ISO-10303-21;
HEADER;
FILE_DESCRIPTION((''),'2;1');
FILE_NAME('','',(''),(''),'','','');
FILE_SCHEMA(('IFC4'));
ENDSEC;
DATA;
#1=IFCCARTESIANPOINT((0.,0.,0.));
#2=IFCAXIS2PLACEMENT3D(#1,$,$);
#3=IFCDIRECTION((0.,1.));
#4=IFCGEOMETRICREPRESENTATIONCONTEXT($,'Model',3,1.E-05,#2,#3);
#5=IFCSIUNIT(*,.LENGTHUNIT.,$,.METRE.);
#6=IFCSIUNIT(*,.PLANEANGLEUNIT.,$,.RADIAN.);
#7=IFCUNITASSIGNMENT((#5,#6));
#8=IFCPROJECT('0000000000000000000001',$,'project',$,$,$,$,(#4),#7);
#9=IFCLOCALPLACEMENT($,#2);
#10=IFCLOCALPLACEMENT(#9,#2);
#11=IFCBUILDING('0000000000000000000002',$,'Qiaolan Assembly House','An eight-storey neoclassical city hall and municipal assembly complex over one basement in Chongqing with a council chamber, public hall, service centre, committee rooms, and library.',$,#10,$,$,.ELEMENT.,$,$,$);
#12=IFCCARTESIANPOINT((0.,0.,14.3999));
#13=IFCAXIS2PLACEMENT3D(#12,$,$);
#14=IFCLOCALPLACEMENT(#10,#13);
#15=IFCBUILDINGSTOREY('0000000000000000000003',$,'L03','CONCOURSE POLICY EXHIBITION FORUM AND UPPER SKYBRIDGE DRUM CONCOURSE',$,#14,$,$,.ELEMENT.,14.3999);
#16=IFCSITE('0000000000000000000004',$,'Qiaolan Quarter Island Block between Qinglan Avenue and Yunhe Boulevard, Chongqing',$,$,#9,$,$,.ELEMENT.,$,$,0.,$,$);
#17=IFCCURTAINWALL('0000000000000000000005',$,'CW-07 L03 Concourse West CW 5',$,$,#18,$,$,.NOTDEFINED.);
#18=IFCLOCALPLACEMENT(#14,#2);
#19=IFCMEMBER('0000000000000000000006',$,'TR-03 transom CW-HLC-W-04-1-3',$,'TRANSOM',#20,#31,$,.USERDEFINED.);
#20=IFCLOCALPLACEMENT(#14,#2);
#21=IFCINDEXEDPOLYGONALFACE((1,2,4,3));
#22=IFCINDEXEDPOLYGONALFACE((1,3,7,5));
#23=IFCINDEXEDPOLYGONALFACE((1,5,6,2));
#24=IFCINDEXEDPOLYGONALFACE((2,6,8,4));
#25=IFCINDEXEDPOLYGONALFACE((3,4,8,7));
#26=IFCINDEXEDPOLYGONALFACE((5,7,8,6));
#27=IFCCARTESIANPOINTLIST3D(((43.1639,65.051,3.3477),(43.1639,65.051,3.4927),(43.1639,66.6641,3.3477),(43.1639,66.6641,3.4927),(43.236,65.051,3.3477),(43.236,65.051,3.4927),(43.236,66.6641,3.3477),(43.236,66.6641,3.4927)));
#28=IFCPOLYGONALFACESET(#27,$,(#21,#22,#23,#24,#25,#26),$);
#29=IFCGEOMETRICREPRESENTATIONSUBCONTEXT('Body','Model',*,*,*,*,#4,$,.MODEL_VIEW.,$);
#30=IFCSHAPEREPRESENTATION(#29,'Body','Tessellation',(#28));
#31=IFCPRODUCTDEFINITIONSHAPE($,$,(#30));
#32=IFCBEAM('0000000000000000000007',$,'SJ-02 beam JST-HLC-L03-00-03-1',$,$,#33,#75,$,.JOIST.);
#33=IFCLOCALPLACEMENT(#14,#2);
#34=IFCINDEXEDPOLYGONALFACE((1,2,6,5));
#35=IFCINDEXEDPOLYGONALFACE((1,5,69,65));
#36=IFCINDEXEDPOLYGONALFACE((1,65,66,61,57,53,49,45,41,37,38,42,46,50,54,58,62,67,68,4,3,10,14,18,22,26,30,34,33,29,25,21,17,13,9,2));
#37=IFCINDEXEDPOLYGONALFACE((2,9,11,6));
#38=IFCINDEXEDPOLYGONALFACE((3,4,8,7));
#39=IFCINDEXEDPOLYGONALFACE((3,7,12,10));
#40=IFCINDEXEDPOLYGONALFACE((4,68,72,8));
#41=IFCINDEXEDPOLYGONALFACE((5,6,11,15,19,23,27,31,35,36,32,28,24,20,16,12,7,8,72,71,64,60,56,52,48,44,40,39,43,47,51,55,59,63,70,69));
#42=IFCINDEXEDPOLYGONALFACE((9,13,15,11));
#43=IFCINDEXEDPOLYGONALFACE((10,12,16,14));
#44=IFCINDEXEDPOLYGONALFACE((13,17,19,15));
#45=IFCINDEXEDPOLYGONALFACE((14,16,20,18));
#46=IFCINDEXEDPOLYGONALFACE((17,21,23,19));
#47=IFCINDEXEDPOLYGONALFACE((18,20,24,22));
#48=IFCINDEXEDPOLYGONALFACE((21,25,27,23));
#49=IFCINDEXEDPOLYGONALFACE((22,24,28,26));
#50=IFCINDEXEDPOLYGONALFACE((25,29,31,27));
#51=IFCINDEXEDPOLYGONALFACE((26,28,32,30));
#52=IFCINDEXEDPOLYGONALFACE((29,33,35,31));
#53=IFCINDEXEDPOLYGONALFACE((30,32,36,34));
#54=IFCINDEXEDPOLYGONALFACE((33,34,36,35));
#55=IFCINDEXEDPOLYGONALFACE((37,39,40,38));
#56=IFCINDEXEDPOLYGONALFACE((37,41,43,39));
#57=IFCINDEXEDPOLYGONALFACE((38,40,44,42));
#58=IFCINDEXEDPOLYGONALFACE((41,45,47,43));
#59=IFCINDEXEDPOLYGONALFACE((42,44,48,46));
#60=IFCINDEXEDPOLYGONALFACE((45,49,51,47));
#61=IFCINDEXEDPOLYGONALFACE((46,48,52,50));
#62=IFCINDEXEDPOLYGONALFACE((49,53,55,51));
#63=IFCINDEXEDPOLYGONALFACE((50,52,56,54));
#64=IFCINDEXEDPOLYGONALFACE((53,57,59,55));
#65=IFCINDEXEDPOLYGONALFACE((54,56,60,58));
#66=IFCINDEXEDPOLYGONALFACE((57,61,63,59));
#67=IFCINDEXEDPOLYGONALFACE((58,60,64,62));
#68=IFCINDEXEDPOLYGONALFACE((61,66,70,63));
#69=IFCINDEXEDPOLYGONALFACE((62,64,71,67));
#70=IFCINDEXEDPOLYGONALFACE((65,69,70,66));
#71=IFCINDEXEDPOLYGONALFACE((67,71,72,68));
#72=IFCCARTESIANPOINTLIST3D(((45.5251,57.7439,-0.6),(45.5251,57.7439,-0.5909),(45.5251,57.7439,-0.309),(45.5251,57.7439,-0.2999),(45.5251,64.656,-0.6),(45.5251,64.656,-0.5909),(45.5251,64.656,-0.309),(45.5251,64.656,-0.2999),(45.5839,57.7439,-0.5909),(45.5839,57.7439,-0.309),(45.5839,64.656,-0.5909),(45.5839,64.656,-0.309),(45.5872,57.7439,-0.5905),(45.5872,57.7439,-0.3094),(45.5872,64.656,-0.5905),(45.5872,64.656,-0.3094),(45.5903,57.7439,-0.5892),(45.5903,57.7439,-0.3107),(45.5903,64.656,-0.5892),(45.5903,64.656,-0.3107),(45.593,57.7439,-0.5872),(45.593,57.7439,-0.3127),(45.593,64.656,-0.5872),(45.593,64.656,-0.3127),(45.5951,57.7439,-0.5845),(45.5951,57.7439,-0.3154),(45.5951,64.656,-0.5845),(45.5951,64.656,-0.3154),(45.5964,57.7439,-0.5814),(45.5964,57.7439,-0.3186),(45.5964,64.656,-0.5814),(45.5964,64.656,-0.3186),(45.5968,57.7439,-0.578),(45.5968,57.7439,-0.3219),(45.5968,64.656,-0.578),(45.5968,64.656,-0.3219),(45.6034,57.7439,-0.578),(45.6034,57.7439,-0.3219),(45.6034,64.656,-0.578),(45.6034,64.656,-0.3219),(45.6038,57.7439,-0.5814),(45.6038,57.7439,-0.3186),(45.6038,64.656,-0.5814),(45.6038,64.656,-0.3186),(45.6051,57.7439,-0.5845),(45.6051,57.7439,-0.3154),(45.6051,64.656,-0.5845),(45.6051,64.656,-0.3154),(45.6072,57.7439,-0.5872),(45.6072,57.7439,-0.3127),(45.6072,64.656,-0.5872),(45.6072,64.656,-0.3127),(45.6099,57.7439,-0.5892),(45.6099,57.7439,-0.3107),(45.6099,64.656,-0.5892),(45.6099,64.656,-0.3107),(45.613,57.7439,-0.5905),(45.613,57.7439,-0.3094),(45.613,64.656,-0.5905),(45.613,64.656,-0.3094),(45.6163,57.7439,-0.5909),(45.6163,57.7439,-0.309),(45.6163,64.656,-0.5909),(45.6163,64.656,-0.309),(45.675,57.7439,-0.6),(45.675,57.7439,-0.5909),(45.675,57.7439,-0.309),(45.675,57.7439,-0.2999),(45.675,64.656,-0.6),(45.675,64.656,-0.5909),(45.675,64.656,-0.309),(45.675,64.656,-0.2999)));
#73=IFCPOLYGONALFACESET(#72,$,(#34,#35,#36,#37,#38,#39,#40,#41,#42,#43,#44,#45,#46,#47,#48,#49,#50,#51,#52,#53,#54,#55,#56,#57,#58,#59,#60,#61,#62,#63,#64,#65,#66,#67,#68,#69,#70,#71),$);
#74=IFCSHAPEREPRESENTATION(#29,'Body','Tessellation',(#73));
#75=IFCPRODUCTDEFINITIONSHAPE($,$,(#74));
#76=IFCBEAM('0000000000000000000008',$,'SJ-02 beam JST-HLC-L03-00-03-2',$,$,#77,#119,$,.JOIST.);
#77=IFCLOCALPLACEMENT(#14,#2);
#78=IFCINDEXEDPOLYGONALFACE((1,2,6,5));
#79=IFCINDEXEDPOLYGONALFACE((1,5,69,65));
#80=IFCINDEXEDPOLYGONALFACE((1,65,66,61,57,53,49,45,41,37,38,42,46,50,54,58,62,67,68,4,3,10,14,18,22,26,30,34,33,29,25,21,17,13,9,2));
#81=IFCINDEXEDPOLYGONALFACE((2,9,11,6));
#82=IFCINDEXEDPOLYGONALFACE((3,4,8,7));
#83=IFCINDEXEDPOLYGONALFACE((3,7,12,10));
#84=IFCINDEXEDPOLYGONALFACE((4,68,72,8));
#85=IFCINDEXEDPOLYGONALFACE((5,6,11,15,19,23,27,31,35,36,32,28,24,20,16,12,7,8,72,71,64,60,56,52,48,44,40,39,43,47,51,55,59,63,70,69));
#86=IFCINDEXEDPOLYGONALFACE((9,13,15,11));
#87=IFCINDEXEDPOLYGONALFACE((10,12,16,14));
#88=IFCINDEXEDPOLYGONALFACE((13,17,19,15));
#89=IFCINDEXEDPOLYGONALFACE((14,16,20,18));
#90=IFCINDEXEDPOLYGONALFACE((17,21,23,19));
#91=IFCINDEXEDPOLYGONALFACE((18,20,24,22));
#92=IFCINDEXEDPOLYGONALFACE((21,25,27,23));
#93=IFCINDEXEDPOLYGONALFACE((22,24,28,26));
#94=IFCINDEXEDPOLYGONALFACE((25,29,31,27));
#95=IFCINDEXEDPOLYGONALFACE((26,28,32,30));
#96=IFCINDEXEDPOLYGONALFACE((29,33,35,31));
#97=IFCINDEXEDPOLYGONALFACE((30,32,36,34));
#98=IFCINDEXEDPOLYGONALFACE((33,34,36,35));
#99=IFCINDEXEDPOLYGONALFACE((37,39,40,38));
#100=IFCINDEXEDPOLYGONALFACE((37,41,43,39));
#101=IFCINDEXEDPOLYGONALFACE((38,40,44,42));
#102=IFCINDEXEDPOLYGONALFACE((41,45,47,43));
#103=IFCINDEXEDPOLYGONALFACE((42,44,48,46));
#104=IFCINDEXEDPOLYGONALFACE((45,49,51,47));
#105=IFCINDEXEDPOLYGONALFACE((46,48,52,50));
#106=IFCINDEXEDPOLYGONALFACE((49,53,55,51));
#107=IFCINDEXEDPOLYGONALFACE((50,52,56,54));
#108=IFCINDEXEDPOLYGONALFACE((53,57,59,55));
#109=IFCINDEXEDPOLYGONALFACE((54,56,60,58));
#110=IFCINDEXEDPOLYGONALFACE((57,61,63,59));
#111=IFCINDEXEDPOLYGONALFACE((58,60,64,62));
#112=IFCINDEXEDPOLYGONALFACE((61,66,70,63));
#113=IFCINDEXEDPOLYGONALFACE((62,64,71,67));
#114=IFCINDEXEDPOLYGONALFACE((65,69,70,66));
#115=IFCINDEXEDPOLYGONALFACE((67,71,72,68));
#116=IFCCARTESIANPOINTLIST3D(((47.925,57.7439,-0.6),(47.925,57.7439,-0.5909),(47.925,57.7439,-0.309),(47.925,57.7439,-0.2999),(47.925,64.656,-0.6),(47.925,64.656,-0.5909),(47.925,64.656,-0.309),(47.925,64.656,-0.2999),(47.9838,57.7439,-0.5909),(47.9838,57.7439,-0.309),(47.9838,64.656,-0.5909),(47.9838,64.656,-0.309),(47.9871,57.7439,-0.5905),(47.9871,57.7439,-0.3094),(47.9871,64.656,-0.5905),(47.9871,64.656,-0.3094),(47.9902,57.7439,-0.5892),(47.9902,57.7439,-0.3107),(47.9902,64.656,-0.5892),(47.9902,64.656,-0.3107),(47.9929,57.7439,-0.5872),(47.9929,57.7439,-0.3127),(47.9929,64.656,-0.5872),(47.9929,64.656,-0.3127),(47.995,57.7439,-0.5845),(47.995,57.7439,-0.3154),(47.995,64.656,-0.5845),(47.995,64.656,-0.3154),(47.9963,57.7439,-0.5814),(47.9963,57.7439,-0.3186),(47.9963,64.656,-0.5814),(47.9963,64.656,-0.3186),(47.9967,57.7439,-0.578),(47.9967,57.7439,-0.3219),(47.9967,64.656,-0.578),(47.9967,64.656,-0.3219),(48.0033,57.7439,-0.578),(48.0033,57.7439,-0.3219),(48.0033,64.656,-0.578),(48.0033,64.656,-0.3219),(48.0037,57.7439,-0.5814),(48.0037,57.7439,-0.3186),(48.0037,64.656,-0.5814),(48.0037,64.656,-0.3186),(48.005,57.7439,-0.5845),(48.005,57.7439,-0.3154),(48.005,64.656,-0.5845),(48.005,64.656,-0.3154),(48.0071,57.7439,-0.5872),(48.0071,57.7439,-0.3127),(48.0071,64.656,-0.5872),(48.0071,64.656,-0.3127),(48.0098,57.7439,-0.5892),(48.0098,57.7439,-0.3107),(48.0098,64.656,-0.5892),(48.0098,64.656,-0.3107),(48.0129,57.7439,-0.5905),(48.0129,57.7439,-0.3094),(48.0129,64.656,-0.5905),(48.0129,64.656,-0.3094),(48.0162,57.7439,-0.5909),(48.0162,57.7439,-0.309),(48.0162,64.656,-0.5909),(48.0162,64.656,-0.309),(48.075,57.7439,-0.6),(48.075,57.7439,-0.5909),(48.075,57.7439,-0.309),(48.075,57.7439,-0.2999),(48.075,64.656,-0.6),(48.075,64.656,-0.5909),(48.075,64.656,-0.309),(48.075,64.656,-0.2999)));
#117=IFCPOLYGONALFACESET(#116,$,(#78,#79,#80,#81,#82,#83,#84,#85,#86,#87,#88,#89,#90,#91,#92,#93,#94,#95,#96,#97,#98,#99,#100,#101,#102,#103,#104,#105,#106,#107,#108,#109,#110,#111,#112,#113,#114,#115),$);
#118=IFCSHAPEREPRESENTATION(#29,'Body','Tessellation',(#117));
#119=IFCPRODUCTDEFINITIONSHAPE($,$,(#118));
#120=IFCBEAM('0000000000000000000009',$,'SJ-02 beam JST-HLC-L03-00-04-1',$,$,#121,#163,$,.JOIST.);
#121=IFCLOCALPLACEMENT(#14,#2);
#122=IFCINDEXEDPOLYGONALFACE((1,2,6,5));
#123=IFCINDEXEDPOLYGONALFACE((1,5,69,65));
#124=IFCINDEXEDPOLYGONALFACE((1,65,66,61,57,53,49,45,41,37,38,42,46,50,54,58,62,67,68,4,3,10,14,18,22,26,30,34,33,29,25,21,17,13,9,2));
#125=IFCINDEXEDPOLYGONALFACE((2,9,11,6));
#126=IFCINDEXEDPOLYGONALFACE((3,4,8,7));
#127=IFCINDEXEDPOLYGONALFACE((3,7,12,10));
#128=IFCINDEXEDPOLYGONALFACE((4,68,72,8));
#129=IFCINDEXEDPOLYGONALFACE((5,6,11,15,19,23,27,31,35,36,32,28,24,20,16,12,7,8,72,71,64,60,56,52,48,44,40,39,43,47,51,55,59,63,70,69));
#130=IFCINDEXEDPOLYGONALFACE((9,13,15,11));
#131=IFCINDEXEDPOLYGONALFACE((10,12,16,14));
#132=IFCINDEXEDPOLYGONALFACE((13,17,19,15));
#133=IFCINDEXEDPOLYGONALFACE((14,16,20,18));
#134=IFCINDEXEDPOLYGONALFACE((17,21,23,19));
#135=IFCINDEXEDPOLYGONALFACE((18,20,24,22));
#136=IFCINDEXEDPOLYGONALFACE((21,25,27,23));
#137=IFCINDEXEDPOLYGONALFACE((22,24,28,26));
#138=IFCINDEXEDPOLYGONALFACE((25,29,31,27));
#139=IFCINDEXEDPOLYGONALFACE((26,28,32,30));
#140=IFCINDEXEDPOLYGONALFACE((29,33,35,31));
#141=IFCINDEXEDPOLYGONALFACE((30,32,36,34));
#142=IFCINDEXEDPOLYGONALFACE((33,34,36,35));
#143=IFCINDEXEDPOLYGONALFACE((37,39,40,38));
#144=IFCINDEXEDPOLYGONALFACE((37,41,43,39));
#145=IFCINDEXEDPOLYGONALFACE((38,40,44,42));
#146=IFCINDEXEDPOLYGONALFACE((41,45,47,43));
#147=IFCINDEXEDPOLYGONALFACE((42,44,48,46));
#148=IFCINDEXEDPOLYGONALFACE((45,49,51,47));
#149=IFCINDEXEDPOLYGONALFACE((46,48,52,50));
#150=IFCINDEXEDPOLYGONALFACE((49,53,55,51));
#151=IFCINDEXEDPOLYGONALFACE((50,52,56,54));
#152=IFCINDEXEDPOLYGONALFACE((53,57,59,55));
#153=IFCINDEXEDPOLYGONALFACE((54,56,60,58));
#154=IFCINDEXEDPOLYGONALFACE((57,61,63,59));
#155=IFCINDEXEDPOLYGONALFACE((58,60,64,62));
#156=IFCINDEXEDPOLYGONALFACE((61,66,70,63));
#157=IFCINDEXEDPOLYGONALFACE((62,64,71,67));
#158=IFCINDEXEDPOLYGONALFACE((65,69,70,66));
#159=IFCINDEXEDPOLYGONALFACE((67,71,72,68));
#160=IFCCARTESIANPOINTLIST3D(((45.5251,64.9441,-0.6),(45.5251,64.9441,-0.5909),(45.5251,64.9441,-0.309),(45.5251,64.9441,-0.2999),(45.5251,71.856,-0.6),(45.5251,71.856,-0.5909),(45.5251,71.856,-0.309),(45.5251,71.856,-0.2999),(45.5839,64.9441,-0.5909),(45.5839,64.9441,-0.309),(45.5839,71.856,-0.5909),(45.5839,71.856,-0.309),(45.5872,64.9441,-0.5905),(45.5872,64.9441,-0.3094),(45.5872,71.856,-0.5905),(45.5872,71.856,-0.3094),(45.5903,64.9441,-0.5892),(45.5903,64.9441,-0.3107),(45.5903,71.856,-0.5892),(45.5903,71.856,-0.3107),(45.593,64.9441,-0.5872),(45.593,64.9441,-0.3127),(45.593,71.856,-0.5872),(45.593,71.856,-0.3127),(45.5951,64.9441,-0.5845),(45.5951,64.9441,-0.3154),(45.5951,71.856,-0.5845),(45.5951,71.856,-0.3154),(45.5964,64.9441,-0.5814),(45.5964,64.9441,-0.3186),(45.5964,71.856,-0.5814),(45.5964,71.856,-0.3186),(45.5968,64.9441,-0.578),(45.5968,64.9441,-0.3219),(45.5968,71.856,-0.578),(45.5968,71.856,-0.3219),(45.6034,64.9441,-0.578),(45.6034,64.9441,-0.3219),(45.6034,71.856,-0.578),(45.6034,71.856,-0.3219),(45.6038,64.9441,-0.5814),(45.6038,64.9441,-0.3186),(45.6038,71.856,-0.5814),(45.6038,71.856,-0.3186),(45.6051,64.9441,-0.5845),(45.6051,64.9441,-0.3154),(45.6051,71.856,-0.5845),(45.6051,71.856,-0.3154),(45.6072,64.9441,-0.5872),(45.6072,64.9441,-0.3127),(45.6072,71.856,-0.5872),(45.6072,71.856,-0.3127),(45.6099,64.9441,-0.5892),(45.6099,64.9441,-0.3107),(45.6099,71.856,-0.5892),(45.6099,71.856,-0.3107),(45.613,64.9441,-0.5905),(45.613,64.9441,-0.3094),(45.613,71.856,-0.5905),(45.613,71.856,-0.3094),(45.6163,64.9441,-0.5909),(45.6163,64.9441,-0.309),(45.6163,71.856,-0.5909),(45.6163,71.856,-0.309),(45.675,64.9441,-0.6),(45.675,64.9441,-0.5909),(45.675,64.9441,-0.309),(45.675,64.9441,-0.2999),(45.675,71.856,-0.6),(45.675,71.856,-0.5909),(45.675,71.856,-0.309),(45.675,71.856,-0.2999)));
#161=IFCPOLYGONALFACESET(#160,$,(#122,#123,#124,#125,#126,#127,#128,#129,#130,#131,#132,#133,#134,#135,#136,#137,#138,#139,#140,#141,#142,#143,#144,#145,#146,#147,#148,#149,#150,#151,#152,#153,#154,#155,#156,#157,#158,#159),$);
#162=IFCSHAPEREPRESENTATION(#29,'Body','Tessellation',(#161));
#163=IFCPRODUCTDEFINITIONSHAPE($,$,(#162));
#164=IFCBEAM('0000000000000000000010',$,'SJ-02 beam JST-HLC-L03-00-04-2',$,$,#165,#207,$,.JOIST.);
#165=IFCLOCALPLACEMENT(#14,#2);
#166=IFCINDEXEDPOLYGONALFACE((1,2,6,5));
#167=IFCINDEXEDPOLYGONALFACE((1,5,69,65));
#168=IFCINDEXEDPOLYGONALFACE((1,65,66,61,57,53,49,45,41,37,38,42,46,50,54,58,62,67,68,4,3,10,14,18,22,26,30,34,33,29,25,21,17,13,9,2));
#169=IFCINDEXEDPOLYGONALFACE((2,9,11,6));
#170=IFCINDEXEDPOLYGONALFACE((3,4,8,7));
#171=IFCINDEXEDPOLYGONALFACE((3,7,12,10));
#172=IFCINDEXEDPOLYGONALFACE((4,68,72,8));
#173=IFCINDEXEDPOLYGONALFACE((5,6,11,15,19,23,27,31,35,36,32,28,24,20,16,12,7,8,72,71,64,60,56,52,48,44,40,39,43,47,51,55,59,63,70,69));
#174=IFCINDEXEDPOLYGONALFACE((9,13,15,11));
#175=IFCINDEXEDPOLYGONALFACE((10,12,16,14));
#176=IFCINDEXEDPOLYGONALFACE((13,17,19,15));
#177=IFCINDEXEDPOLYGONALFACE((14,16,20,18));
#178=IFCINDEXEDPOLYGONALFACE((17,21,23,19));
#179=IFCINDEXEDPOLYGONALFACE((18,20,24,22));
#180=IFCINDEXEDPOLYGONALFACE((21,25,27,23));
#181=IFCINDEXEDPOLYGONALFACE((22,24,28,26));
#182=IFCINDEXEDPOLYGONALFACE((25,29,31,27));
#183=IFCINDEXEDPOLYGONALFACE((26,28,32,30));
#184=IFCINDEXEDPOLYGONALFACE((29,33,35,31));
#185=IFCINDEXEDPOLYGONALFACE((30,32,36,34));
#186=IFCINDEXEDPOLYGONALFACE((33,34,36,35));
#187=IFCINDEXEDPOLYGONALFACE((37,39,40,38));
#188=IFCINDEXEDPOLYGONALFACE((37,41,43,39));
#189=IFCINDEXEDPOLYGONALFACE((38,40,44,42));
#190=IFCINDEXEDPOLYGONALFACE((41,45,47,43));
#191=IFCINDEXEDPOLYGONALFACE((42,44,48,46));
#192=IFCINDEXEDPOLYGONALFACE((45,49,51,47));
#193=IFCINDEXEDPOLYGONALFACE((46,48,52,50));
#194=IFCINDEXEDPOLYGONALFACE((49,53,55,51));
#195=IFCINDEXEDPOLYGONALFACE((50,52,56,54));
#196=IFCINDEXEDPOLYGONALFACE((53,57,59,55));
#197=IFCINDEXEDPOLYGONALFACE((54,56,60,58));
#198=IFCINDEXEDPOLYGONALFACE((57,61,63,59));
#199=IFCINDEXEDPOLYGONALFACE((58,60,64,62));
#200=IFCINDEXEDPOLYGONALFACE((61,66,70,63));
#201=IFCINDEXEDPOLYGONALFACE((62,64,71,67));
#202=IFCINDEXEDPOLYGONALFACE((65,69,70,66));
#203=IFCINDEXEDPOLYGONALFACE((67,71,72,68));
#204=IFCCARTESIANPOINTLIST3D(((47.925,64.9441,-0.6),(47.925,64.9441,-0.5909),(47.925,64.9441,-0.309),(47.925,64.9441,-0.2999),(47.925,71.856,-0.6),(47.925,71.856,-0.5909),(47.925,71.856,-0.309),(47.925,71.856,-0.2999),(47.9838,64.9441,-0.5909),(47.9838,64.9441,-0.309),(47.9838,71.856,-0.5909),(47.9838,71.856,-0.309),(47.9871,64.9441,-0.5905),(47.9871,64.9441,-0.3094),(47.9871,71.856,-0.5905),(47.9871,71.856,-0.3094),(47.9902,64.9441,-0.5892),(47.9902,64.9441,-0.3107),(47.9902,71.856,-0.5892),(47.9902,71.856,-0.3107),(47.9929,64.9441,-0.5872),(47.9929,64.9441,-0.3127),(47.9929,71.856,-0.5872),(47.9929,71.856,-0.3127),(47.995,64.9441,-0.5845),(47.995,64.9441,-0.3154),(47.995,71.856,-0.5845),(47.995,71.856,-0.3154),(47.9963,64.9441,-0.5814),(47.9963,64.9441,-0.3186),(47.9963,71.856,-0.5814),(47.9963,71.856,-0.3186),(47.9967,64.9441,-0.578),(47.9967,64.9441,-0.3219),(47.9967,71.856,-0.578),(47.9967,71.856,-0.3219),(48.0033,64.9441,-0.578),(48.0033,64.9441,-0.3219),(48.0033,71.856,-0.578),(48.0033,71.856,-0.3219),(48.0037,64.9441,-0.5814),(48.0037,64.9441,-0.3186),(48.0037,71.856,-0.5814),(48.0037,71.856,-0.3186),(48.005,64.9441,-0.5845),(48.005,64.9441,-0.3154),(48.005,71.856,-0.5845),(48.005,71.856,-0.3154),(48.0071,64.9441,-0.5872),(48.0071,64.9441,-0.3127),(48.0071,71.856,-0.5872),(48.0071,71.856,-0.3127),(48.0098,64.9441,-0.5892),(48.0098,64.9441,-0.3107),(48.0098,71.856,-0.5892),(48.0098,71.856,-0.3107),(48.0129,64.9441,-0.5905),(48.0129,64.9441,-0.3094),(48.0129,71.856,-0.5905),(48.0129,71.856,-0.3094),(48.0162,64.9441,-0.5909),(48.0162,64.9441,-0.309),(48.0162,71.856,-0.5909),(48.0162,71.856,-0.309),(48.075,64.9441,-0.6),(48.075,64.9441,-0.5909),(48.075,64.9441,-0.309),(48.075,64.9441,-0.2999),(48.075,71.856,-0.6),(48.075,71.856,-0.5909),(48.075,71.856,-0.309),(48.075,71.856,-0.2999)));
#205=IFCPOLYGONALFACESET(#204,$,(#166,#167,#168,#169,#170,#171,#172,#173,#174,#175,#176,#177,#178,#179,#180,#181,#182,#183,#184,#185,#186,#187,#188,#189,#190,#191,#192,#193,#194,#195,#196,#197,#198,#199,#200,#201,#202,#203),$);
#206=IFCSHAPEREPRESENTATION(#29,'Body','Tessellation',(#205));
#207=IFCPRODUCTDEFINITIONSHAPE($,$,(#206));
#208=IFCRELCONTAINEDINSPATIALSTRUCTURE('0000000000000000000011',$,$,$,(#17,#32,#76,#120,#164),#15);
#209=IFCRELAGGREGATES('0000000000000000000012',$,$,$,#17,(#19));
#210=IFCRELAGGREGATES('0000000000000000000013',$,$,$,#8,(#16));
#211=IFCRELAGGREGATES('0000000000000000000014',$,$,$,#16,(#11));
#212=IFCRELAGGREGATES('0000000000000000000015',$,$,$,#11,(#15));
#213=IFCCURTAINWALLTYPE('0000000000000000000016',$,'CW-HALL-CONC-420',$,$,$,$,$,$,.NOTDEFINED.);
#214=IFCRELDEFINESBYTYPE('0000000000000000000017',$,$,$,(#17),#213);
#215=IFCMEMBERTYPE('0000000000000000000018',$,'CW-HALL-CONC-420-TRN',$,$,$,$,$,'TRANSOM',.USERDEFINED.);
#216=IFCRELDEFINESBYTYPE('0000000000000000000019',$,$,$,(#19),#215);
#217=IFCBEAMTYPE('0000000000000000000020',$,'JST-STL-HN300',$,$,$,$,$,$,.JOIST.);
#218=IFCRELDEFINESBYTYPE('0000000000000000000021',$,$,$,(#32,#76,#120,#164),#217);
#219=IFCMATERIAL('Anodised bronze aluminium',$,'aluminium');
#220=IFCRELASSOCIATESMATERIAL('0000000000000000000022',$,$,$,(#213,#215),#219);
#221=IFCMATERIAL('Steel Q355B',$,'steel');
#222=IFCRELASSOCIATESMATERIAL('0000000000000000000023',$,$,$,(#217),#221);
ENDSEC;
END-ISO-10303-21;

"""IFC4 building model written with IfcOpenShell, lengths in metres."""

from ifc_helpers import new_model, si_unit, direction, frame, origin, origin_2d, place, context, subcontext, project, spatial, rectangle, i_section, extrude, material, material_profile, profile_set, type_object, element, aggregate, save


model = new_model("IFC4")

# Units and contexts
model_context = context("Model", 3, precision=1e-05, world=origin(), true_north=direction((0.0, 1.0)))
body_context = subcontext(model_context, "Body", "Model", "MODEL_VIEW")
ifc_project = project(units=[si_unit("LENGTHUNIT", "METRE"), si_unit("PLANEANGLEUNIT", "RADIAN")], contexts=[model_context])

# Site, building, storey
site_placement = place(None, origin())
site = spatial("IfcSite", under=ifc_project, at=site_placement, Name="Qiaolan Quarter Island Block between Qinglan Avenue and Yunhe Boulevard, Chongqing", CompositionType="ELEMENT", RefElevation=0.0)
building_placement = place(site_placement, origin())
building = spatial("IfcBuilding", under=site, at=building_placement, Name="Qiaolan Assembly House", Description="An eight-storey neoclassical city hall and municipal assembly complex over one basement in Chongqing with a council chamber, public hall, service centre, committee rooms, and library.", CompositionType="ELEMENT")
storey_placement = place(building_placement, frame((0.0, 0.0, 14.3999)))
storey = spatial("IfcBuildingStorey", under=building, at=storey_placement, Name="L03", Description="CONCOURSE POLICY EXHIBITION FORUM AND UPPER SKYBRIDGE DRUM CONCOURSE", CompositionType="ELEMENT", Elevation=14.3999)

# Shared definitions
ifc_material_1 = material(Name="Steel Q355B", Category="steel")

# Shared definitions
ifc_material_2 = material(Name="Anodised bronze aluminium", Category="aluminium")
curtain_wall_type = type_object("IfcCurtainWallType", Name="CW-HALL-CONC-420", PredefinedType="NOTDEFINED", material=ifc_material_2)

# Curtain wall
curtain_wall_1_placement = place(storey_placement, origin())
curtain_wall_1 = element("IfcCurtainWall", 1, at=curtain_wall_1_placement, inside=storey, type_object=curtain_wall_type, Name="CW-07 L03 Concourse West CW 5", PredefinedType="NOTDEFINED")

# Member
ifc_material_profile_1 = material_profile(ifc_material_2, rectangle(XDim=0.072, YDim=0.145, at=origin_2d()), Name="TRN 72x145")
ifc_profile_set_1 = profile_set([ifc_material_profile_1], Name="Anodised bronze aluminium")
member_type_1 = type_object("IfcMemberType", Name="CW-HALL-CONC-420-TRN", ElementType="TRANSOM", PredefinedType="USERDEFINED", material=ifc_profile_set_1)
member_1_placement = place(storey_placement, frame((43.2, 65.051, 3.4202), z_axis=(0.0, 1.0, 0.0), x_axis=(-1.0, 0.0, 0.0)))
member_1 = element("IfcMember", 2, at=member_1_placement, type_object=member_type_1, Name="TR-03 transom CW-HLC-W-04-1-3", ObjectType="TRANSOM", PredefinedType="USERDEFINED", context=body_context, shape_type="SweptSolid", body=[
    extrude(rectangle(XDim=0.072, YDim=0.145, at=origin_2d()), origin(), (0.0, 0.0, 1.0), 1.613),
])

# Beams
ifc_material_profile_2 = material_profile(ifc_material_1, i_section(OverallWidth=0.1499, OverallDepth=0.3, WebThickness=0.0066, FlangeThickness=0.009, FilletRadius=0.0129, at=origin_2d()), Name="HN 300x150x6.5x9")
ifc_profile_set_2 = profile_set([ifc_material_profile_2], Name="Steel Q355B")
beam_type_1 = type_object("IfcBeamType", Name="JST-STL-HN300", PredefinedType="JOIST", material=ifc_profile_set_2)
for number, where, z_axis, x_axis, name in (
    (3, (45.6001, 57.7439, -0.45), (0.0, 1.0, 0.0), (-1.0, 0.0, 0.0), "SJ-02 beam JST-HLC-L03-00-03-1"),
    (4, (48.0, 57.7439, -0.45), (0.0, 1.0, 0.0), (-1.0, 0.0, 0.0), "SJ-02 beam JST-HLC-L03-00-03-2"),
):
    element("IfcBeam", number, at=place(storey_placement, frame(where, z_axis=z_axis, x_axis=x_axis)), inside=storey, type_object=beam_type_1, Name=name, PredefinedType="JOIST", context=body_context, shape_type="SweptSolid", body=[
        extrude(i_section(OverallWidth=0.1499, OverallDepth=0.3, WebThickness=0.0066, FlangeThickness=0.009, FilletRadius=0.0129, at=origin_2d()), origin(), (0.0, 0.0, 1.0), 6.9121),
    ])
for number, where, z_axis, x_axis, name in (
    (5, (45.6001, 64.9441, -0.45), (0.0, 1.0, 0.0), (-1.0, 0.0, 0.0), "SJ-02 beam JST-HLC-L03-00-04-1"),
    (6, (48.0, 64.9441, -0.45), (0.0, 1.0, 0.0), (-1.0, 0.0, 0.0), "SJ-02 beam JST-HLC-L03-00-04-2"),
):
    element("IfcBeam", number, at=place(storey_placement, frame(where, z_axis=z_axis, x_axis=x_axis)), inside=storey, type_object=beam_type_1, Name=name, PredefinedType="JOIST", context=body_context, shape_type="SweptSolid", body=[
        extrude(i_section(OverallWidth=0.1499, OverallDepth=0.3, WebThickness=0.0066, FlangeThickness=0.009, FilletRadius=0.0129, at=origin_2d()), origin(), (0.0, 0.0, 1.0), 6.9119),
    ])

aggregate(curtain_wall_1, [member_1])

save(model, "model.ifc")
